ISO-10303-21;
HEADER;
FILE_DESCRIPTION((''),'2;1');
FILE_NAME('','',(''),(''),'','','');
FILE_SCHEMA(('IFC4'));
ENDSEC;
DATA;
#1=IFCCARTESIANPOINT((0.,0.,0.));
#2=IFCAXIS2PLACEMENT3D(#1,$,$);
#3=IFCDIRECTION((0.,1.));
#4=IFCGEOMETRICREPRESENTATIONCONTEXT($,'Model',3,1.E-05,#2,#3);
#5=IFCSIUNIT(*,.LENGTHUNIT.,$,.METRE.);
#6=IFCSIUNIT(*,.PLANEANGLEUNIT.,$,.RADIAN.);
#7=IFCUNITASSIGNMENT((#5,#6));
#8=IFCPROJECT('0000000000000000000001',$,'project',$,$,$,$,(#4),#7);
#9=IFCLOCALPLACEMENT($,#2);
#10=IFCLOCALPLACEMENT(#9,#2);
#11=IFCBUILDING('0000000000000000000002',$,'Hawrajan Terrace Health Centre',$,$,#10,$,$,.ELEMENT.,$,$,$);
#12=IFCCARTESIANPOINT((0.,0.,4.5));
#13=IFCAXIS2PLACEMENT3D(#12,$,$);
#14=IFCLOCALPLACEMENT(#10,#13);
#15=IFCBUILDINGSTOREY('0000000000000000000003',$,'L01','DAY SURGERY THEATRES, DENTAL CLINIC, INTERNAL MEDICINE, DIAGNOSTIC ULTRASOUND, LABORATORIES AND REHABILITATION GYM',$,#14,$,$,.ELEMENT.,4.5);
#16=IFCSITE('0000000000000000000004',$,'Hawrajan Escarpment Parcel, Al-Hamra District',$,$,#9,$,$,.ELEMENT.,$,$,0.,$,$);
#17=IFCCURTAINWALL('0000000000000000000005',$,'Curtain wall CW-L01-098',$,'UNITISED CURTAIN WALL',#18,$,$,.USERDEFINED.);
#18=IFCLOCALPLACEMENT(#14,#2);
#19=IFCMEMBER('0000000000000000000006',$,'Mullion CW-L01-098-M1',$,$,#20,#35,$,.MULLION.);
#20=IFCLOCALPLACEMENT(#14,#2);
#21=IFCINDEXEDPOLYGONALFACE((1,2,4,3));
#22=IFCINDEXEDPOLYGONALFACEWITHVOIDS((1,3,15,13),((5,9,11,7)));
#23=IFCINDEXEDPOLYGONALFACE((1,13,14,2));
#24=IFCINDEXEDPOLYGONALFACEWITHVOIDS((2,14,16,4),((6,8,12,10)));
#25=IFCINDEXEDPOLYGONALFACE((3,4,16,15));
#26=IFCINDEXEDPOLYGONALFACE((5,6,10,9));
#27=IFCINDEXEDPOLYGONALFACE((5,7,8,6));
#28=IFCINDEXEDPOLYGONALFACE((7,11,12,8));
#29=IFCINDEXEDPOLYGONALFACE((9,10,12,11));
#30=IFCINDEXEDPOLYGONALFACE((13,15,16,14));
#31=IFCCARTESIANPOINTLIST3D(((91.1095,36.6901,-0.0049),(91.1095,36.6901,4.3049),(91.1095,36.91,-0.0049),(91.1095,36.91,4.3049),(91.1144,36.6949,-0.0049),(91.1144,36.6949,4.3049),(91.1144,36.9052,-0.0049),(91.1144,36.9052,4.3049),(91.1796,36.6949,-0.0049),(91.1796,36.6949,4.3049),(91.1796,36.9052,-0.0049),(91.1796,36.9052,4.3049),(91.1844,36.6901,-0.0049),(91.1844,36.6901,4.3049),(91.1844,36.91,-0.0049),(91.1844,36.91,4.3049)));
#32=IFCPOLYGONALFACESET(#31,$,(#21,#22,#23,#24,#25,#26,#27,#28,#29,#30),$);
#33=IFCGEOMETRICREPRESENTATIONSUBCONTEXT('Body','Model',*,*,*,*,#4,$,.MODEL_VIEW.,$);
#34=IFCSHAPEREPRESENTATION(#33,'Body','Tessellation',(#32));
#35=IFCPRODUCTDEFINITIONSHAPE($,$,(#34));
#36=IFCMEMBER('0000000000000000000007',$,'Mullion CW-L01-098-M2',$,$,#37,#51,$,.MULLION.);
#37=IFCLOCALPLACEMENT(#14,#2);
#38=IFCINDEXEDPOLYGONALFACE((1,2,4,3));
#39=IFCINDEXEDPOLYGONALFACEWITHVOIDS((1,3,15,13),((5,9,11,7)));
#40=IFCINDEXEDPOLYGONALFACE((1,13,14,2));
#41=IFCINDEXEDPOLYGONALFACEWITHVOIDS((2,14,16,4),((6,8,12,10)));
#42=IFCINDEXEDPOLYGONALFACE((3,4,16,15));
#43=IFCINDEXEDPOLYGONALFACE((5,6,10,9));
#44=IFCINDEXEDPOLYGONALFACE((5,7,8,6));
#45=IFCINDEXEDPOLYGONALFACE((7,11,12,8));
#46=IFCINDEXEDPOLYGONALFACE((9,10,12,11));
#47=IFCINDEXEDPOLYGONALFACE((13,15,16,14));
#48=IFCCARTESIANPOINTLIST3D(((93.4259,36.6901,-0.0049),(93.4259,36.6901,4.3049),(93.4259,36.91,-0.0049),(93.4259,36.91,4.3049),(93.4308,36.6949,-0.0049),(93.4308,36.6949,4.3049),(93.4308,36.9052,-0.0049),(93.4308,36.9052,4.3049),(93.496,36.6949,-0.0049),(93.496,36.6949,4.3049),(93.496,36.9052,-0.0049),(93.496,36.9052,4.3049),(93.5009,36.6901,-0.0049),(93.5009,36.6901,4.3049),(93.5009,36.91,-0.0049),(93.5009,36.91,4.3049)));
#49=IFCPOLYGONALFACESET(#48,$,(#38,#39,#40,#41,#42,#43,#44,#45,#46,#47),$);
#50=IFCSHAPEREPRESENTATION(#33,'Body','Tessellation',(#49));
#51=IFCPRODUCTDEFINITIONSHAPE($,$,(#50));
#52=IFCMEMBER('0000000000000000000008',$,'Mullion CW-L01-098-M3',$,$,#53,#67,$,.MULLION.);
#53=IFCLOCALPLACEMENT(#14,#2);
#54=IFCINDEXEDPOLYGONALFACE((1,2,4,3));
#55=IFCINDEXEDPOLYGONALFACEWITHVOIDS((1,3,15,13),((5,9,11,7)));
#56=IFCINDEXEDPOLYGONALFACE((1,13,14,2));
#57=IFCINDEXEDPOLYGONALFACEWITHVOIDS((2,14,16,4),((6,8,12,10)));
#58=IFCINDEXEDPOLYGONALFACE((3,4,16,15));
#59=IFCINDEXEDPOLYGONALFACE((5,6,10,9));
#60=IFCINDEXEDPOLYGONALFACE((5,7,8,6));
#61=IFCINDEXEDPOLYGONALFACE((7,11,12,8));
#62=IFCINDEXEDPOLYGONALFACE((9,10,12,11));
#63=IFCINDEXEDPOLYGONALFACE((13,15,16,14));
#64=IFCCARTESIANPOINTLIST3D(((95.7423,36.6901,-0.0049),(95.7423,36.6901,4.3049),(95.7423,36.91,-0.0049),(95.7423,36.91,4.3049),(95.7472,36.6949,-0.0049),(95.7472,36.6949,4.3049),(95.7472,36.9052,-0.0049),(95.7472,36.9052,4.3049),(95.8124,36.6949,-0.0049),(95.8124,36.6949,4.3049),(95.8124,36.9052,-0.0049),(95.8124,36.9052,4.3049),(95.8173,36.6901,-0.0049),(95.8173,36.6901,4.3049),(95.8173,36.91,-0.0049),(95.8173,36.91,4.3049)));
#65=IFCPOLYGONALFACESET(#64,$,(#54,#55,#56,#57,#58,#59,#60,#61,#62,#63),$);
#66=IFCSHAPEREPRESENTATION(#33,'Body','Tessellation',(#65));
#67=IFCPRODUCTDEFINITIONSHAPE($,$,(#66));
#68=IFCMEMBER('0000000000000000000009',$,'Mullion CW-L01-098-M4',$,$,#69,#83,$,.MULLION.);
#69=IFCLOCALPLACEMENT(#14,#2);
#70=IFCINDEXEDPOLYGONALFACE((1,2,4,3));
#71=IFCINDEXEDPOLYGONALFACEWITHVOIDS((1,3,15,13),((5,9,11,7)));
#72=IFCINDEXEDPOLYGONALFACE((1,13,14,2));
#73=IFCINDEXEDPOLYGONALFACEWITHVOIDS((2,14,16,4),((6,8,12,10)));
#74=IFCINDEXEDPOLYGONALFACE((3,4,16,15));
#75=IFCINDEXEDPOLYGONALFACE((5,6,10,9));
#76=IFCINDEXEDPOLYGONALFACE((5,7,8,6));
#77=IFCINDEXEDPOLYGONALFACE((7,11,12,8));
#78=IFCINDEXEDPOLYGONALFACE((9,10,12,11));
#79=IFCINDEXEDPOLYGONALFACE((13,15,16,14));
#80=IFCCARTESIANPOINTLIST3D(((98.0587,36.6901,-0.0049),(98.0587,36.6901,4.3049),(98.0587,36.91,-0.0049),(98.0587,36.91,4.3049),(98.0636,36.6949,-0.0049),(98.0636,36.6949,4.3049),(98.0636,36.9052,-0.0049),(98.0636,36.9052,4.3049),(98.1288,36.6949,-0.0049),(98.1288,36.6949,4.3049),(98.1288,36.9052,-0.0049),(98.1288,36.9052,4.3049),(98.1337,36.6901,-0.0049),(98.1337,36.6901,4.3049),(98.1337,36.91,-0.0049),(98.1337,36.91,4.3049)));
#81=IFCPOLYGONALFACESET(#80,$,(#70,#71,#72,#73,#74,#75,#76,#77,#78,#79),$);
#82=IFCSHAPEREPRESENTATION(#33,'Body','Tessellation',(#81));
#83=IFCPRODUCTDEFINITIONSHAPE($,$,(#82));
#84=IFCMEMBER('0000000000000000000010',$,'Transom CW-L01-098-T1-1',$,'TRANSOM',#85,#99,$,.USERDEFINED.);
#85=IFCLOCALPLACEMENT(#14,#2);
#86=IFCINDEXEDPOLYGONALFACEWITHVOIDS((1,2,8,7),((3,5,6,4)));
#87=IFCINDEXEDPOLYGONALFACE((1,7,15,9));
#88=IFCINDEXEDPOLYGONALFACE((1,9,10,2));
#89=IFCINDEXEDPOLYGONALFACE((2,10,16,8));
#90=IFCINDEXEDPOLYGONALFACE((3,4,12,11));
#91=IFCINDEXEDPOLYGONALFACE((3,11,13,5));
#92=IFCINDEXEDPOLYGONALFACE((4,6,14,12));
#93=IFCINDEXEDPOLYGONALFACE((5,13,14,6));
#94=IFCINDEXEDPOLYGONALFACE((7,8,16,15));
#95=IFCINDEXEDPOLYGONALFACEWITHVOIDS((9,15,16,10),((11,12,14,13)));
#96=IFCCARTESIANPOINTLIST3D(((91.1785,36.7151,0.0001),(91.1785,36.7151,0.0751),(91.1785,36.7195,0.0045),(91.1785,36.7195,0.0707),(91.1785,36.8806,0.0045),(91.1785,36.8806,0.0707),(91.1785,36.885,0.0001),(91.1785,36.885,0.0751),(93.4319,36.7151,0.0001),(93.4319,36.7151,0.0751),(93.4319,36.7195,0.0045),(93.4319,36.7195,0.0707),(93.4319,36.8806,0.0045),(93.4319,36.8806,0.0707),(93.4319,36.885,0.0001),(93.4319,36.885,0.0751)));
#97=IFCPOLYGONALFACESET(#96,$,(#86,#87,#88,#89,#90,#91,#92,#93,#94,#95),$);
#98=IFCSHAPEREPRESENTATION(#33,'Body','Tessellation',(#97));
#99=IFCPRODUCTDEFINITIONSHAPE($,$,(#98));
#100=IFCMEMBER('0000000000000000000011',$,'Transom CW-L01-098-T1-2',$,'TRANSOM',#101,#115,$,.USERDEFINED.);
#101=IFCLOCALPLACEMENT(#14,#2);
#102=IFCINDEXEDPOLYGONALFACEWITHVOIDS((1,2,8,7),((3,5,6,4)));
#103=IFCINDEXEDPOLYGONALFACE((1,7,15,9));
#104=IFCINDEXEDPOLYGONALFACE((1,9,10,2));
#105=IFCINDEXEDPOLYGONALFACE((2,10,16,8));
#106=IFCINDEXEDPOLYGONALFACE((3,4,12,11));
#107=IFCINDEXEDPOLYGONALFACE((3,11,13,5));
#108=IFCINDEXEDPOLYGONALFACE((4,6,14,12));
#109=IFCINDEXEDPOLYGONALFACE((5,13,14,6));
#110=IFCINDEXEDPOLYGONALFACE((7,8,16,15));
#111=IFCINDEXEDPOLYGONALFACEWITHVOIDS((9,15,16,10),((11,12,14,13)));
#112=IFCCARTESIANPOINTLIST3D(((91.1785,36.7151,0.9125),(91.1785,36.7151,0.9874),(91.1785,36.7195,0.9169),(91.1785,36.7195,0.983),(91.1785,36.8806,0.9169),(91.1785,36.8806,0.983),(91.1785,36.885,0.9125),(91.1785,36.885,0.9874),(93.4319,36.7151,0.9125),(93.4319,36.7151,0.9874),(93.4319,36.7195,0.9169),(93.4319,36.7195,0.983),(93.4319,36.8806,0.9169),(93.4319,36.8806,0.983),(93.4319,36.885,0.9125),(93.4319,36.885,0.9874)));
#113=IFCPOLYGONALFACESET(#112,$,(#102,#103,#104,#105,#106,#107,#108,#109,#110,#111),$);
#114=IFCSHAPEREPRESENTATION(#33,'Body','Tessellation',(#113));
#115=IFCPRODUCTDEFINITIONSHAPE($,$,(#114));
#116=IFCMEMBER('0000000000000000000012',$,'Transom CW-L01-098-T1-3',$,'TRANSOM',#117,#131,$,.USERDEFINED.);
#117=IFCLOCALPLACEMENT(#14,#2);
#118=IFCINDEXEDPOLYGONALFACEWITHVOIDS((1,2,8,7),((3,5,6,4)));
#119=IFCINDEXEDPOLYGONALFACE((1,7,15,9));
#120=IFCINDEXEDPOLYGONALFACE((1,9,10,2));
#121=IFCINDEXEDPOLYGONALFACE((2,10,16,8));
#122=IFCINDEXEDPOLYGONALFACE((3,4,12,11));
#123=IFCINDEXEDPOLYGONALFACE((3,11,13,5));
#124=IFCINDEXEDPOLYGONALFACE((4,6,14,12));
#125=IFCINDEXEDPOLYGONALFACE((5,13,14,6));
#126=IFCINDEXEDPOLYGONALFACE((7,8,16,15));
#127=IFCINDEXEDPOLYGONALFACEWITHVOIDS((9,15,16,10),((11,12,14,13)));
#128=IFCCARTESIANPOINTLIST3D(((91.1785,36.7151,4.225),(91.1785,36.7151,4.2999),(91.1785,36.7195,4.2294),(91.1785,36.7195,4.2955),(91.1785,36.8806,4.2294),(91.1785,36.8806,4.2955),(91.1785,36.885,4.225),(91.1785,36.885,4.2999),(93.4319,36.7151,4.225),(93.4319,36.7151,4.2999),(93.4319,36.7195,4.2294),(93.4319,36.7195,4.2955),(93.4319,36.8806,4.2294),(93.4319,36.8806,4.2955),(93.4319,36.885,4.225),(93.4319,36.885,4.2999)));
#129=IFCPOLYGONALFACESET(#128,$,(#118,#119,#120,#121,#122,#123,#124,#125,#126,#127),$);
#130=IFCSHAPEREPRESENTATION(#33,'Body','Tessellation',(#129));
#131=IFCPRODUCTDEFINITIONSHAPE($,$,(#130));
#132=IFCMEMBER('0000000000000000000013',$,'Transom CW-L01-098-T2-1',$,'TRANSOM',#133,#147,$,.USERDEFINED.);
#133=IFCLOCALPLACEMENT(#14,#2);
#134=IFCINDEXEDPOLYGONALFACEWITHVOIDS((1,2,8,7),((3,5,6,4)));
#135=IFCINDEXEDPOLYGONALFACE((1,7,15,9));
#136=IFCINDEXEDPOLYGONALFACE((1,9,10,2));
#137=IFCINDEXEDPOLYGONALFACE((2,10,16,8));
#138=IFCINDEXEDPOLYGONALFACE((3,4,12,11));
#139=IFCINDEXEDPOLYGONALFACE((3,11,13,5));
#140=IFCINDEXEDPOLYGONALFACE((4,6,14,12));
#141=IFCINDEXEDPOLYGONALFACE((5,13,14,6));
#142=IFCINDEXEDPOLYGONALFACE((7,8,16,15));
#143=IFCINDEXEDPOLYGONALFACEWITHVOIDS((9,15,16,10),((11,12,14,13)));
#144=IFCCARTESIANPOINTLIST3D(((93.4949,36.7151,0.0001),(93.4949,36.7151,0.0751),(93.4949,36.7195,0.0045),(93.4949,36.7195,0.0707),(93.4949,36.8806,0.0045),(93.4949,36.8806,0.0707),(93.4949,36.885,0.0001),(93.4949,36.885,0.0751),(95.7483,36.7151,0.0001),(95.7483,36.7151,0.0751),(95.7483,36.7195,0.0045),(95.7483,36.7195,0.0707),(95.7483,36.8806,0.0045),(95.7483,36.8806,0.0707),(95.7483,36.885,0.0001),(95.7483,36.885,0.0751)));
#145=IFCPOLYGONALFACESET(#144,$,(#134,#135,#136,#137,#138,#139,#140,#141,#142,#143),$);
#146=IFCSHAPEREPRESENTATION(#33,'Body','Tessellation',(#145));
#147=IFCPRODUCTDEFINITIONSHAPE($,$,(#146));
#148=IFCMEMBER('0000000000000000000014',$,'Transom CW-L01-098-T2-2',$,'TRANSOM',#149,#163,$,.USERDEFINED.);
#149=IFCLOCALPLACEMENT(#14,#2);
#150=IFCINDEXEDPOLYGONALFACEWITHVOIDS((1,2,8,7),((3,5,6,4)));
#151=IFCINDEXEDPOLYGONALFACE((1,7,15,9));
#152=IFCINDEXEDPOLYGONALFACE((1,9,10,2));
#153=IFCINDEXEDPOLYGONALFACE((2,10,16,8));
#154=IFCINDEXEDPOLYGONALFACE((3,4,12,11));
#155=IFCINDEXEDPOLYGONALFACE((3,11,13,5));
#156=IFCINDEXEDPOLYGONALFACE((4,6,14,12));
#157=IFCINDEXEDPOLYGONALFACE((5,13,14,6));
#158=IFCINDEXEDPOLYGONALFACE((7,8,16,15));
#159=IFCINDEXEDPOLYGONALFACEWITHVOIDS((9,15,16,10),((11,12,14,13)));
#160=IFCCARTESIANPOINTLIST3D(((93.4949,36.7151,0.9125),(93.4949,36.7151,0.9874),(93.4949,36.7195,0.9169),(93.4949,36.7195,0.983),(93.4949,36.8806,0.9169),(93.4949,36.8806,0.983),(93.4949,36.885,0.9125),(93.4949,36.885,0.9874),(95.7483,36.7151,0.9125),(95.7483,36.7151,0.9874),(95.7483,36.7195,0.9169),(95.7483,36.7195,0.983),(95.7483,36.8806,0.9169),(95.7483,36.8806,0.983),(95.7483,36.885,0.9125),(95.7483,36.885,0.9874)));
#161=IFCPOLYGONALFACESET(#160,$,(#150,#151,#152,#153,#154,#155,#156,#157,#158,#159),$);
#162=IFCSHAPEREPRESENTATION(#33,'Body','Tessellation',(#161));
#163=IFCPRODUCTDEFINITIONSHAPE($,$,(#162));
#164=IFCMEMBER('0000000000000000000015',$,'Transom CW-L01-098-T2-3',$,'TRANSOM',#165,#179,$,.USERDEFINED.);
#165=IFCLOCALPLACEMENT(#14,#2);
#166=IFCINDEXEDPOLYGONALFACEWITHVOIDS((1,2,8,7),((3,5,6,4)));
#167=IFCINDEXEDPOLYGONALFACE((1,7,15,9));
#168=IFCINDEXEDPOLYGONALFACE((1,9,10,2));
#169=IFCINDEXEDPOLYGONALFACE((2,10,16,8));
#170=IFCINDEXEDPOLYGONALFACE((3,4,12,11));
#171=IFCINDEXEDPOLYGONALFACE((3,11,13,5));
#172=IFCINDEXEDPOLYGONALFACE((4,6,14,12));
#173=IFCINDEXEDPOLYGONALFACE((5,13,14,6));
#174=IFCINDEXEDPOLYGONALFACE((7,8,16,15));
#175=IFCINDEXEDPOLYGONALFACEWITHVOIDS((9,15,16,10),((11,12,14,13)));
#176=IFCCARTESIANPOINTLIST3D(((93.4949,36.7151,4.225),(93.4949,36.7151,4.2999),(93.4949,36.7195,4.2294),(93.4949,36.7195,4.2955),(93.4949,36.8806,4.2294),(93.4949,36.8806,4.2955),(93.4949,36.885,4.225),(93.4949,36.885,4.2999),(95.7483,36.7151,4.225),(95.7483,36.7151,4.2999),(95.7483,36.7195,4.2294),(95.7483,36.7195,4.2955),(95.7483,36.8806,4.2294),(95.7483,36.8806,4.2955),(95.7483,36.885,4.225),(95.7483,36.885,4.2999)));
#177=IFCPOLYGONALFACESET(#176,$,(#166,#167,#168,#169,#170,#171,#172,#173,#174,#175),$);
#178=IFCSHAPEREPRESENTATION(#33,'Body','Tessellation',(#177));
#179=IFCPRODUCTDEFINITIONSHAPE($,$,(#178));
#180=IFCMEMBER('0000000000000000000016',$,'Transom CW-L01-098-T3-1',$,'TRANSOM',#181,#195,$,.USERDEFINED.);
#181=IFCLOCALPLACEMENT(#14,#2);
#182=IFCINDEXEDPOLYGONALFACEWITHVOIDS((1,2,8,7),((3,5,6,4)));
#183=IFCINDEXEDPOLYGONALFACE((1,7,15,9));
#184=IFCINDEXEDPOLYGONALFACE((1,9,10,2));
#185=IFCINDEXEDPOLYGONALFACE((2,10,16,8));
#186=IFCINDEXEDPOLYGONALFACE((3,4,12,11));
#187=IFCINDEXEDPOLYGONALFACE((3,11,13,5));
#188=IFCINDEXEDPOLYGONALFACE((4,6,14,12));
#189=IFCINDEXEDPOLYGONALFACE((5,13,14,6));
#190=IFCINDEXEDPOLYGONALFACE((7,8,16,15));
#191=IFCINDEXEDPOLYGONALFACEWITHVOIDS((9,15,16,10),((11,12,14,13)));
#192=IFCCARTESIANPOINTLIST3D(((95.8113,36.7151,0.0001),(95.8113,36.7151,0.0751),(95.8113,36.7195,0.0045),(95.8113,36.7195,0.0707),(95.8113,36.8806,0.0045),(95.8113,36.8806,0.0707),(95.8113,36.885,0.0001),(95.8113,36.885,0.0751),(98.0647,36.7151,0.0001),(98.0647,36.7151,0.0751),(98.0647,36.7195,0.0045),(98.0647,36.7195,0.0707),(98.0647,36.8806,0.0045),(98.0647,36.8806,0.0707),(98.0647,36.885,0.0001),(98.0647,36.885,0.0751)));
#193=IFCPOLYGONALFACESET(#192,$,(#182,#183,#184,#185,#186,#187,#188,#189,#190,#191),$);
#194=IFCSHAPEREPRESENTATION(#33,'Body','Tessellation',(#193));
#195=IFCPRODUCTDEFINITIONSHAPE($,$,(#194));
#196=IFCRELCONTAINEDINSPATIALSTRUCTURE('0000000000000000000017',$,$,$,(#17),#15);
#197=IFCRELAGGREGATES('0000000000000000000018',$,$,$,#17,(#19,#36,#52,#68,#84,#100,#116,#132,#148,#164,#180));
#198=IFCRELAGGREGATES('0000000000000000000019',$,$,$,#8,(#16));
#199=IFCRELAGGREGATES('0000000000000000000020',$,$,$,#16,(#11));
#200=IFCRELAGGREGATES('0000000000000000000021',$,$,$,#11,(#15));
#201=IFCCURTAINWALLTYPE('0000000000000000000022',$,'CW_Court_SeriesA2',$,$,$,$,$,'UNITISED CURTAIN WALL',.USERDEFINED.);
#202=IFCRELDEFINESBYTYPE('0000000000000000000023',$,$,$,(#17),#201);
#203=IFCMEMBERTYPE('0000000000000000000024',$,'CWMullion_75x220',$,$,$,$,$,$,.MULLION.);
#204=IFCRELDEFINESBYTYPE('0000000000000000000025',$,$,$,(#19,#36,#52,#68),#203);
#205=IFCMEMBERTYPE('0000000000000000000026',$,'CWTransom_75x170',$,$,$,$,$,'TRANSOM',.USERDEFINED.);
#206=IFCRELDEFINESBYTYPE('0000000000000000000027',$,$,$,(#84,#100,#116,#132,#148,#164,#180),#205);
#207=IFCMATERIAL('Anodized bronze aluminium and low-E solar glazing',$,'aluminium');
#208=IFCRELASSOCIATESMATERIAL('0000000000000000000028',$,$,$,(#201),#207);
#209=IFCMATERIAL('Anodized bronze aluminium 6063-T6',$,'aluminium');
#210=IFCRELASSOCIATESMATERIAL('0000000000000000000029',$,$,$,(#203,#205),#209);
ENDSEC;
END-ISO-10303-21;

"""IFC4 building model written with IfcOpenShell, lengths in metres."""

from ifc_helpers import new_model, si_unit, direction, frame, origin, origin_2d, place, context, subcontext, project, spatial, hollow_rectangle, extrude, material, material_profile, profile_set, type_object, element, aggregate, save


model = new_model("IFC4")

# Units and contexts
model_context = context("Model", 3, precision=1e-05, world=origin(), true_north=direction((0.0, 1.0)))
body_context = subcontext(model_context, "Body", "Model", "MODEL_VIEW")
ifc_project = project(units=[si_unit("LENGTHUNIT", "METRE"), si_unit("PLANEANGLEUNIT", "RADIAN")], contexts=[model_context])

# Site, building, storey
site_placement = place(None, origin())
site = spatial("IfcSite", under=ifc_project, at=site_placement, Name="Hawrajan Escarpment Parcel, Al-Hamra District", CompositionType="ELEMENT", RefElevation=0.0)
building_placement = place(site_placement, origin())
building = spatial("IfcBuilding", under=site, at=building_placement, Name="Hawrajan Terrace Health Centre", CompositionType="ELEMENT")
storey_placement = place(building_placement, frame((0.0, 0.0, 4.5)))
storey = spatial("IfcBuildingStorey", under=building, at=storey_placement, Name="L01", Description="DAY SURGERY THEATRES, DENTAL CLINIC, INTERNAL MEDICINE, DIAGNOSTIC ULTRASOUND, LABORATORIES AND REHABILITATION GYM", CompositionType="ELEMENT", Elevation=4.5)

# Curtain wall, members
ifc_material_1 = material(Name="Anodized bronze aluminium and low-E solar glazing", Category="aluminium")
curtain_wall_type = type_object("IfcCurtainWallType", Name="CW_Court_SeriesA2", ElementType="UNITISED CURTAIN WALL", PredefinedType="USERDEFINED", material=ifc_material_1)
curtain_wall_placement = place(storey_placement, origin())
curtain_wall = element("IfcCurtainWall", 1, at=curtain_wall_placement, inside=storey, type_object=curtain_wall_type, Name="Curtain wall CW-L01-098", ObjectType="UNITISED CURTAIN WALL", PredefinedType="USERDEFINED")
ifc_material_2 = material(Name="Anodized bronze aluminium 6063-T6", Category="aluminium")
ifc_material_profile_1 = material_profile(ifc_material_2, hollow_rectangle(XDim=0.075, YDim=0.22, WallThickness=0.0049, at=origin_2d()), Name="CW MUL 75x220")
ifc_profile_set_1 = profile_set([ifc_material_profile_1], Name="Anodized bronze aluminium 6063-T6")
member_type_1 = type_object("IfcMemberType", Name="CWMullion_75x220", PredefinedType="MULLION", material=ifc_profile_set_1)
member_1_placement = place(storey_placement, frame((91.147, 36.8, -0.0049), z_axis=(0.0, 0.0, 1.0), x_axis=(1.0, 0.0, 0.0)))
member_1 = element("IfcMember", 2, at=member_1_placement, type_object=member_type_1, Name="Mullion CW-L01-098-M1", PredefinedType="MULLION", context=body_context, shape_type="SweptSolid", body=[
    extrude(hollow_rectangle(XDim=0.075, YDim=0.22, WallThickness=0.0049, at=origin_2d()), origin(), (0.0, 0.0, 1.0), 4.3098),
])
member_2_placement = place(storey_placement, frame((93.4634, 36.8, -0.0049), z_axis=(0.0, 0.0, 1.0), x_axis=(1.0, 0.0, 0.0)))
member_2 = element("IfcMember", 3, at=member_2_placement, type_object=member_type_1, Name="Mullion CW-L01-098-M2", PredefinedType="MULLION", context=body_context, shape_type="SweptSolid", body=[
    extrude(hollow_rectangle(XDim=0.075, YDim=0.22, WallThickness=0.0049, at=origin_2d()), origin(), (0.0, 0.0, 1.0), 4.3098),
])
member_3_placement = place(storey_placement, frame((95.7798, 36.8, -0.0049), z_axis=(0.0, 0.0, 1.0), x_axis=(1.0, 0.0, 0.0)))
member_3 = element("IfcMember", 4, at=member_3_placement, type_object=member_type_1, Name="Mullion CW-L01-098-M3", PredefinedType="MULLION", context=body_context, shape_type="SweptSolid", body=[
    extrude(hollow_rectangle(XDim=0.075, YDim=0.22, WallThickness=0.0049, at=origin_2d()), origin(), (0.0, 0.0, 1.0), 4.3098),
])
member_4_placement = place(storey_placement, frame((98.0962, 36.8, -0.0049), z_axis=(0.0, 0.0, 1.0), x_axis=(1.0, 0.0, 0.0)))
member_4 = element("IfcMember", 5, at=member_4_placement, type_object=member_type_1, Name="Mullion CW-L01-098-M4", PredefinedType="MULLION", context=body_context, shape_type="SweptSolid", body=[
    extrude(hollow_rectangle(XDim=0.075, YDim=0.22, WallThickness=0.0049, at=origin_2d()), origin(), (0.0, 0.0, 1.0), 4.3098),
])
ifc_material_profile_2 = material_profile(ifc_material_2, hollow_rectangle(XDim=0.075, YDim=0.1699, WallThickness=0.0044, at=origin_2d()), Name="CW TRN 75x170")
ifc_profile_set_2 = profile_set([ifc_material_profile_2], Name="Anodized bronze aluminium 6063-T6")
member_type_2 = type_object("IfcMemberType", Name="CWTransom_75x170", ElementType="TRANSOM", PredefinedType="USERDEFINED", material=ifc_profile_set_2)
member_5_placement = place(storey_placement, frame((91.1785, 36.8, 0.0376), z_axis=(1.0, 0.0, 0.0), x_axis=(0.0, 0.0, 1.0)))
member_5 = element("IfcMember", 6, at=member_5_placement, type_object=member_type_2, Name="Transom CW-L01-098-T1-1", ObjectType="TRANSOM", PredefinedType="USERDEFINED", context=body_context, shape_type="SweptSolid", body=[
    extrude(hollow_rectangle(XDim=0.075, YDim=0.1699, WallThickness=0.0044, at=origin_2d()), origin(), (0.0, 0.0, 1.0), 2.2534),
])
member_6_placement = place(storey_placement, frame((91.1785, 36.8, 0.95), z_axis=(1.0, 0.0, 0.0), x_axis=(0.0, 0.0, 1.0)))
member_6 = element("IfcMember", 7, at=member_6_placement, type_object=member_type_2, Name="Transom CW-L01-098-T1-2", ObjectType="TRANSOM", PredefinedType="USERDEFINED", context=body_context, shape_type="SweptSolid", body=[
    extrude(hollow_rectangle(XDim=0.075, YDim=0.1699, WallThickness=0.0044, at=origin_2d()), origin(), (0.0, 0.0, 1.0), 2.2534),
])
member_7_placement = place(storey_placement, frame((91.1785, 36.8, 4.2625), z_axis=(1.0, 0.0, 0.0), x_axis=(0.0, 0.0, 1.0)))
member_7 = element("IfcMember", 8, at=member_7_placement, type_object=member_type_2, Name="Transom CW-L01-098-T1-3", ObjectType="TRANSOM", PredefinedType="USERDEFINED", context=body_context, shape_type="SweptSolid", body=[
    extrude(hollow_rectangle(XDim=0.075, YDim=0.1699, WallThickness=0.0044, at=origin_2d()), origin(), (0.0, 0.0, 1.0), 2.2534),
])
member_8_placement = place(storey_placement, frame((93.4949, 36.8, 0.0376), z_axis=(1.0, 0.0, 0.0), x_axis=(0.0, 0.0, 1.0)))
member_8 = element("IfcMember", 9, at=member_8_placement, type_object=member_type_2, Name="Transom CW-L01-098-T2-1", ObjectType="TRANSOM", PredefinedType="USERDEFINED", context=body_context, shape_type="SweptSolid", body=[
    extrude(hollow_rectangle(XDim=0.075, YDim=0.1699, WallThickness=0.0044, at=origin_2d()), origin(), (0.0, 0.0, 1.0), 2.2534),
])
member_9_placement = place(storey_placement, frame((93.4949, 36.8, 0.95), z_axis=(1.0, 0.0, 0.0), x_axis=(0.0, 0.0, 1.0)))
member_9 = element("IfcMember", 10, at=member_9_placement, type_object=member_type_2, Name="Transom CW-L01-098-T2-2", ObjectType="TRANSOM", PredefinedType="USERDEFINED", context=body_context, shape_type="SweptSolid", body=[
    extrude(hollow_rectangle(XDim=0.075, YDim=0.1699, WallThickness=0.0044, at=origin_2d()), origin(), (0.0, 0.0, 1.0), 2.2534),
])
member_10_placement = place(storey_placement, frame((93.4949, 36.8, 4.2625), z_axis=(1.0, 0.0, 0.0), x_axis=(0.0, 0.0, 1.0)))
member_10 = element("IfcMember", 11, at=member_10_placement, type_object=member_type_2, Name="Transom CW-L01-098-T2-3", ObjectType="TRANSOM", PredefinedType="USERDEFINED", context=body_context, shape_type="SweptSolid", body=[
    extrude(hollow_rectangle(XDim=0.075, YDim=0.1699, WallThickness=0.0044, at=origin_2d()), origin(), (0.0, 0.0, 1.0), 2.2534),
])
member_11_placement = place(storey_placement, frame((95.8113, 36.8, 0.0376), z_axis=(1.0, 0.0, 0.0), x_axis=(0.0, 0.0, 1.0)))
member_11 = element("IfcMember", 12, at=member_11_placement, type_object=member_type_2, Name="Transom CW-L01-098-T3-1", ObjectType="TRANSOM", PredefinedType="USERDEFINED", context=body_context, shape_type="SweptSolid", body=[
    extrude(hollow_rectangle(XDim=0.075, YDim=0.1699, WallThickness=0.0044, at=origin_2d()), origin(), (0.0, 0.0, 1.0), 2.2534),
])

aggregate(curtain_wall, [member_1, member_2, member_3, member_4, member_5, member_6, member_7, member_8, member_9, member_10, member_11])

save(model, "model.ifc")
